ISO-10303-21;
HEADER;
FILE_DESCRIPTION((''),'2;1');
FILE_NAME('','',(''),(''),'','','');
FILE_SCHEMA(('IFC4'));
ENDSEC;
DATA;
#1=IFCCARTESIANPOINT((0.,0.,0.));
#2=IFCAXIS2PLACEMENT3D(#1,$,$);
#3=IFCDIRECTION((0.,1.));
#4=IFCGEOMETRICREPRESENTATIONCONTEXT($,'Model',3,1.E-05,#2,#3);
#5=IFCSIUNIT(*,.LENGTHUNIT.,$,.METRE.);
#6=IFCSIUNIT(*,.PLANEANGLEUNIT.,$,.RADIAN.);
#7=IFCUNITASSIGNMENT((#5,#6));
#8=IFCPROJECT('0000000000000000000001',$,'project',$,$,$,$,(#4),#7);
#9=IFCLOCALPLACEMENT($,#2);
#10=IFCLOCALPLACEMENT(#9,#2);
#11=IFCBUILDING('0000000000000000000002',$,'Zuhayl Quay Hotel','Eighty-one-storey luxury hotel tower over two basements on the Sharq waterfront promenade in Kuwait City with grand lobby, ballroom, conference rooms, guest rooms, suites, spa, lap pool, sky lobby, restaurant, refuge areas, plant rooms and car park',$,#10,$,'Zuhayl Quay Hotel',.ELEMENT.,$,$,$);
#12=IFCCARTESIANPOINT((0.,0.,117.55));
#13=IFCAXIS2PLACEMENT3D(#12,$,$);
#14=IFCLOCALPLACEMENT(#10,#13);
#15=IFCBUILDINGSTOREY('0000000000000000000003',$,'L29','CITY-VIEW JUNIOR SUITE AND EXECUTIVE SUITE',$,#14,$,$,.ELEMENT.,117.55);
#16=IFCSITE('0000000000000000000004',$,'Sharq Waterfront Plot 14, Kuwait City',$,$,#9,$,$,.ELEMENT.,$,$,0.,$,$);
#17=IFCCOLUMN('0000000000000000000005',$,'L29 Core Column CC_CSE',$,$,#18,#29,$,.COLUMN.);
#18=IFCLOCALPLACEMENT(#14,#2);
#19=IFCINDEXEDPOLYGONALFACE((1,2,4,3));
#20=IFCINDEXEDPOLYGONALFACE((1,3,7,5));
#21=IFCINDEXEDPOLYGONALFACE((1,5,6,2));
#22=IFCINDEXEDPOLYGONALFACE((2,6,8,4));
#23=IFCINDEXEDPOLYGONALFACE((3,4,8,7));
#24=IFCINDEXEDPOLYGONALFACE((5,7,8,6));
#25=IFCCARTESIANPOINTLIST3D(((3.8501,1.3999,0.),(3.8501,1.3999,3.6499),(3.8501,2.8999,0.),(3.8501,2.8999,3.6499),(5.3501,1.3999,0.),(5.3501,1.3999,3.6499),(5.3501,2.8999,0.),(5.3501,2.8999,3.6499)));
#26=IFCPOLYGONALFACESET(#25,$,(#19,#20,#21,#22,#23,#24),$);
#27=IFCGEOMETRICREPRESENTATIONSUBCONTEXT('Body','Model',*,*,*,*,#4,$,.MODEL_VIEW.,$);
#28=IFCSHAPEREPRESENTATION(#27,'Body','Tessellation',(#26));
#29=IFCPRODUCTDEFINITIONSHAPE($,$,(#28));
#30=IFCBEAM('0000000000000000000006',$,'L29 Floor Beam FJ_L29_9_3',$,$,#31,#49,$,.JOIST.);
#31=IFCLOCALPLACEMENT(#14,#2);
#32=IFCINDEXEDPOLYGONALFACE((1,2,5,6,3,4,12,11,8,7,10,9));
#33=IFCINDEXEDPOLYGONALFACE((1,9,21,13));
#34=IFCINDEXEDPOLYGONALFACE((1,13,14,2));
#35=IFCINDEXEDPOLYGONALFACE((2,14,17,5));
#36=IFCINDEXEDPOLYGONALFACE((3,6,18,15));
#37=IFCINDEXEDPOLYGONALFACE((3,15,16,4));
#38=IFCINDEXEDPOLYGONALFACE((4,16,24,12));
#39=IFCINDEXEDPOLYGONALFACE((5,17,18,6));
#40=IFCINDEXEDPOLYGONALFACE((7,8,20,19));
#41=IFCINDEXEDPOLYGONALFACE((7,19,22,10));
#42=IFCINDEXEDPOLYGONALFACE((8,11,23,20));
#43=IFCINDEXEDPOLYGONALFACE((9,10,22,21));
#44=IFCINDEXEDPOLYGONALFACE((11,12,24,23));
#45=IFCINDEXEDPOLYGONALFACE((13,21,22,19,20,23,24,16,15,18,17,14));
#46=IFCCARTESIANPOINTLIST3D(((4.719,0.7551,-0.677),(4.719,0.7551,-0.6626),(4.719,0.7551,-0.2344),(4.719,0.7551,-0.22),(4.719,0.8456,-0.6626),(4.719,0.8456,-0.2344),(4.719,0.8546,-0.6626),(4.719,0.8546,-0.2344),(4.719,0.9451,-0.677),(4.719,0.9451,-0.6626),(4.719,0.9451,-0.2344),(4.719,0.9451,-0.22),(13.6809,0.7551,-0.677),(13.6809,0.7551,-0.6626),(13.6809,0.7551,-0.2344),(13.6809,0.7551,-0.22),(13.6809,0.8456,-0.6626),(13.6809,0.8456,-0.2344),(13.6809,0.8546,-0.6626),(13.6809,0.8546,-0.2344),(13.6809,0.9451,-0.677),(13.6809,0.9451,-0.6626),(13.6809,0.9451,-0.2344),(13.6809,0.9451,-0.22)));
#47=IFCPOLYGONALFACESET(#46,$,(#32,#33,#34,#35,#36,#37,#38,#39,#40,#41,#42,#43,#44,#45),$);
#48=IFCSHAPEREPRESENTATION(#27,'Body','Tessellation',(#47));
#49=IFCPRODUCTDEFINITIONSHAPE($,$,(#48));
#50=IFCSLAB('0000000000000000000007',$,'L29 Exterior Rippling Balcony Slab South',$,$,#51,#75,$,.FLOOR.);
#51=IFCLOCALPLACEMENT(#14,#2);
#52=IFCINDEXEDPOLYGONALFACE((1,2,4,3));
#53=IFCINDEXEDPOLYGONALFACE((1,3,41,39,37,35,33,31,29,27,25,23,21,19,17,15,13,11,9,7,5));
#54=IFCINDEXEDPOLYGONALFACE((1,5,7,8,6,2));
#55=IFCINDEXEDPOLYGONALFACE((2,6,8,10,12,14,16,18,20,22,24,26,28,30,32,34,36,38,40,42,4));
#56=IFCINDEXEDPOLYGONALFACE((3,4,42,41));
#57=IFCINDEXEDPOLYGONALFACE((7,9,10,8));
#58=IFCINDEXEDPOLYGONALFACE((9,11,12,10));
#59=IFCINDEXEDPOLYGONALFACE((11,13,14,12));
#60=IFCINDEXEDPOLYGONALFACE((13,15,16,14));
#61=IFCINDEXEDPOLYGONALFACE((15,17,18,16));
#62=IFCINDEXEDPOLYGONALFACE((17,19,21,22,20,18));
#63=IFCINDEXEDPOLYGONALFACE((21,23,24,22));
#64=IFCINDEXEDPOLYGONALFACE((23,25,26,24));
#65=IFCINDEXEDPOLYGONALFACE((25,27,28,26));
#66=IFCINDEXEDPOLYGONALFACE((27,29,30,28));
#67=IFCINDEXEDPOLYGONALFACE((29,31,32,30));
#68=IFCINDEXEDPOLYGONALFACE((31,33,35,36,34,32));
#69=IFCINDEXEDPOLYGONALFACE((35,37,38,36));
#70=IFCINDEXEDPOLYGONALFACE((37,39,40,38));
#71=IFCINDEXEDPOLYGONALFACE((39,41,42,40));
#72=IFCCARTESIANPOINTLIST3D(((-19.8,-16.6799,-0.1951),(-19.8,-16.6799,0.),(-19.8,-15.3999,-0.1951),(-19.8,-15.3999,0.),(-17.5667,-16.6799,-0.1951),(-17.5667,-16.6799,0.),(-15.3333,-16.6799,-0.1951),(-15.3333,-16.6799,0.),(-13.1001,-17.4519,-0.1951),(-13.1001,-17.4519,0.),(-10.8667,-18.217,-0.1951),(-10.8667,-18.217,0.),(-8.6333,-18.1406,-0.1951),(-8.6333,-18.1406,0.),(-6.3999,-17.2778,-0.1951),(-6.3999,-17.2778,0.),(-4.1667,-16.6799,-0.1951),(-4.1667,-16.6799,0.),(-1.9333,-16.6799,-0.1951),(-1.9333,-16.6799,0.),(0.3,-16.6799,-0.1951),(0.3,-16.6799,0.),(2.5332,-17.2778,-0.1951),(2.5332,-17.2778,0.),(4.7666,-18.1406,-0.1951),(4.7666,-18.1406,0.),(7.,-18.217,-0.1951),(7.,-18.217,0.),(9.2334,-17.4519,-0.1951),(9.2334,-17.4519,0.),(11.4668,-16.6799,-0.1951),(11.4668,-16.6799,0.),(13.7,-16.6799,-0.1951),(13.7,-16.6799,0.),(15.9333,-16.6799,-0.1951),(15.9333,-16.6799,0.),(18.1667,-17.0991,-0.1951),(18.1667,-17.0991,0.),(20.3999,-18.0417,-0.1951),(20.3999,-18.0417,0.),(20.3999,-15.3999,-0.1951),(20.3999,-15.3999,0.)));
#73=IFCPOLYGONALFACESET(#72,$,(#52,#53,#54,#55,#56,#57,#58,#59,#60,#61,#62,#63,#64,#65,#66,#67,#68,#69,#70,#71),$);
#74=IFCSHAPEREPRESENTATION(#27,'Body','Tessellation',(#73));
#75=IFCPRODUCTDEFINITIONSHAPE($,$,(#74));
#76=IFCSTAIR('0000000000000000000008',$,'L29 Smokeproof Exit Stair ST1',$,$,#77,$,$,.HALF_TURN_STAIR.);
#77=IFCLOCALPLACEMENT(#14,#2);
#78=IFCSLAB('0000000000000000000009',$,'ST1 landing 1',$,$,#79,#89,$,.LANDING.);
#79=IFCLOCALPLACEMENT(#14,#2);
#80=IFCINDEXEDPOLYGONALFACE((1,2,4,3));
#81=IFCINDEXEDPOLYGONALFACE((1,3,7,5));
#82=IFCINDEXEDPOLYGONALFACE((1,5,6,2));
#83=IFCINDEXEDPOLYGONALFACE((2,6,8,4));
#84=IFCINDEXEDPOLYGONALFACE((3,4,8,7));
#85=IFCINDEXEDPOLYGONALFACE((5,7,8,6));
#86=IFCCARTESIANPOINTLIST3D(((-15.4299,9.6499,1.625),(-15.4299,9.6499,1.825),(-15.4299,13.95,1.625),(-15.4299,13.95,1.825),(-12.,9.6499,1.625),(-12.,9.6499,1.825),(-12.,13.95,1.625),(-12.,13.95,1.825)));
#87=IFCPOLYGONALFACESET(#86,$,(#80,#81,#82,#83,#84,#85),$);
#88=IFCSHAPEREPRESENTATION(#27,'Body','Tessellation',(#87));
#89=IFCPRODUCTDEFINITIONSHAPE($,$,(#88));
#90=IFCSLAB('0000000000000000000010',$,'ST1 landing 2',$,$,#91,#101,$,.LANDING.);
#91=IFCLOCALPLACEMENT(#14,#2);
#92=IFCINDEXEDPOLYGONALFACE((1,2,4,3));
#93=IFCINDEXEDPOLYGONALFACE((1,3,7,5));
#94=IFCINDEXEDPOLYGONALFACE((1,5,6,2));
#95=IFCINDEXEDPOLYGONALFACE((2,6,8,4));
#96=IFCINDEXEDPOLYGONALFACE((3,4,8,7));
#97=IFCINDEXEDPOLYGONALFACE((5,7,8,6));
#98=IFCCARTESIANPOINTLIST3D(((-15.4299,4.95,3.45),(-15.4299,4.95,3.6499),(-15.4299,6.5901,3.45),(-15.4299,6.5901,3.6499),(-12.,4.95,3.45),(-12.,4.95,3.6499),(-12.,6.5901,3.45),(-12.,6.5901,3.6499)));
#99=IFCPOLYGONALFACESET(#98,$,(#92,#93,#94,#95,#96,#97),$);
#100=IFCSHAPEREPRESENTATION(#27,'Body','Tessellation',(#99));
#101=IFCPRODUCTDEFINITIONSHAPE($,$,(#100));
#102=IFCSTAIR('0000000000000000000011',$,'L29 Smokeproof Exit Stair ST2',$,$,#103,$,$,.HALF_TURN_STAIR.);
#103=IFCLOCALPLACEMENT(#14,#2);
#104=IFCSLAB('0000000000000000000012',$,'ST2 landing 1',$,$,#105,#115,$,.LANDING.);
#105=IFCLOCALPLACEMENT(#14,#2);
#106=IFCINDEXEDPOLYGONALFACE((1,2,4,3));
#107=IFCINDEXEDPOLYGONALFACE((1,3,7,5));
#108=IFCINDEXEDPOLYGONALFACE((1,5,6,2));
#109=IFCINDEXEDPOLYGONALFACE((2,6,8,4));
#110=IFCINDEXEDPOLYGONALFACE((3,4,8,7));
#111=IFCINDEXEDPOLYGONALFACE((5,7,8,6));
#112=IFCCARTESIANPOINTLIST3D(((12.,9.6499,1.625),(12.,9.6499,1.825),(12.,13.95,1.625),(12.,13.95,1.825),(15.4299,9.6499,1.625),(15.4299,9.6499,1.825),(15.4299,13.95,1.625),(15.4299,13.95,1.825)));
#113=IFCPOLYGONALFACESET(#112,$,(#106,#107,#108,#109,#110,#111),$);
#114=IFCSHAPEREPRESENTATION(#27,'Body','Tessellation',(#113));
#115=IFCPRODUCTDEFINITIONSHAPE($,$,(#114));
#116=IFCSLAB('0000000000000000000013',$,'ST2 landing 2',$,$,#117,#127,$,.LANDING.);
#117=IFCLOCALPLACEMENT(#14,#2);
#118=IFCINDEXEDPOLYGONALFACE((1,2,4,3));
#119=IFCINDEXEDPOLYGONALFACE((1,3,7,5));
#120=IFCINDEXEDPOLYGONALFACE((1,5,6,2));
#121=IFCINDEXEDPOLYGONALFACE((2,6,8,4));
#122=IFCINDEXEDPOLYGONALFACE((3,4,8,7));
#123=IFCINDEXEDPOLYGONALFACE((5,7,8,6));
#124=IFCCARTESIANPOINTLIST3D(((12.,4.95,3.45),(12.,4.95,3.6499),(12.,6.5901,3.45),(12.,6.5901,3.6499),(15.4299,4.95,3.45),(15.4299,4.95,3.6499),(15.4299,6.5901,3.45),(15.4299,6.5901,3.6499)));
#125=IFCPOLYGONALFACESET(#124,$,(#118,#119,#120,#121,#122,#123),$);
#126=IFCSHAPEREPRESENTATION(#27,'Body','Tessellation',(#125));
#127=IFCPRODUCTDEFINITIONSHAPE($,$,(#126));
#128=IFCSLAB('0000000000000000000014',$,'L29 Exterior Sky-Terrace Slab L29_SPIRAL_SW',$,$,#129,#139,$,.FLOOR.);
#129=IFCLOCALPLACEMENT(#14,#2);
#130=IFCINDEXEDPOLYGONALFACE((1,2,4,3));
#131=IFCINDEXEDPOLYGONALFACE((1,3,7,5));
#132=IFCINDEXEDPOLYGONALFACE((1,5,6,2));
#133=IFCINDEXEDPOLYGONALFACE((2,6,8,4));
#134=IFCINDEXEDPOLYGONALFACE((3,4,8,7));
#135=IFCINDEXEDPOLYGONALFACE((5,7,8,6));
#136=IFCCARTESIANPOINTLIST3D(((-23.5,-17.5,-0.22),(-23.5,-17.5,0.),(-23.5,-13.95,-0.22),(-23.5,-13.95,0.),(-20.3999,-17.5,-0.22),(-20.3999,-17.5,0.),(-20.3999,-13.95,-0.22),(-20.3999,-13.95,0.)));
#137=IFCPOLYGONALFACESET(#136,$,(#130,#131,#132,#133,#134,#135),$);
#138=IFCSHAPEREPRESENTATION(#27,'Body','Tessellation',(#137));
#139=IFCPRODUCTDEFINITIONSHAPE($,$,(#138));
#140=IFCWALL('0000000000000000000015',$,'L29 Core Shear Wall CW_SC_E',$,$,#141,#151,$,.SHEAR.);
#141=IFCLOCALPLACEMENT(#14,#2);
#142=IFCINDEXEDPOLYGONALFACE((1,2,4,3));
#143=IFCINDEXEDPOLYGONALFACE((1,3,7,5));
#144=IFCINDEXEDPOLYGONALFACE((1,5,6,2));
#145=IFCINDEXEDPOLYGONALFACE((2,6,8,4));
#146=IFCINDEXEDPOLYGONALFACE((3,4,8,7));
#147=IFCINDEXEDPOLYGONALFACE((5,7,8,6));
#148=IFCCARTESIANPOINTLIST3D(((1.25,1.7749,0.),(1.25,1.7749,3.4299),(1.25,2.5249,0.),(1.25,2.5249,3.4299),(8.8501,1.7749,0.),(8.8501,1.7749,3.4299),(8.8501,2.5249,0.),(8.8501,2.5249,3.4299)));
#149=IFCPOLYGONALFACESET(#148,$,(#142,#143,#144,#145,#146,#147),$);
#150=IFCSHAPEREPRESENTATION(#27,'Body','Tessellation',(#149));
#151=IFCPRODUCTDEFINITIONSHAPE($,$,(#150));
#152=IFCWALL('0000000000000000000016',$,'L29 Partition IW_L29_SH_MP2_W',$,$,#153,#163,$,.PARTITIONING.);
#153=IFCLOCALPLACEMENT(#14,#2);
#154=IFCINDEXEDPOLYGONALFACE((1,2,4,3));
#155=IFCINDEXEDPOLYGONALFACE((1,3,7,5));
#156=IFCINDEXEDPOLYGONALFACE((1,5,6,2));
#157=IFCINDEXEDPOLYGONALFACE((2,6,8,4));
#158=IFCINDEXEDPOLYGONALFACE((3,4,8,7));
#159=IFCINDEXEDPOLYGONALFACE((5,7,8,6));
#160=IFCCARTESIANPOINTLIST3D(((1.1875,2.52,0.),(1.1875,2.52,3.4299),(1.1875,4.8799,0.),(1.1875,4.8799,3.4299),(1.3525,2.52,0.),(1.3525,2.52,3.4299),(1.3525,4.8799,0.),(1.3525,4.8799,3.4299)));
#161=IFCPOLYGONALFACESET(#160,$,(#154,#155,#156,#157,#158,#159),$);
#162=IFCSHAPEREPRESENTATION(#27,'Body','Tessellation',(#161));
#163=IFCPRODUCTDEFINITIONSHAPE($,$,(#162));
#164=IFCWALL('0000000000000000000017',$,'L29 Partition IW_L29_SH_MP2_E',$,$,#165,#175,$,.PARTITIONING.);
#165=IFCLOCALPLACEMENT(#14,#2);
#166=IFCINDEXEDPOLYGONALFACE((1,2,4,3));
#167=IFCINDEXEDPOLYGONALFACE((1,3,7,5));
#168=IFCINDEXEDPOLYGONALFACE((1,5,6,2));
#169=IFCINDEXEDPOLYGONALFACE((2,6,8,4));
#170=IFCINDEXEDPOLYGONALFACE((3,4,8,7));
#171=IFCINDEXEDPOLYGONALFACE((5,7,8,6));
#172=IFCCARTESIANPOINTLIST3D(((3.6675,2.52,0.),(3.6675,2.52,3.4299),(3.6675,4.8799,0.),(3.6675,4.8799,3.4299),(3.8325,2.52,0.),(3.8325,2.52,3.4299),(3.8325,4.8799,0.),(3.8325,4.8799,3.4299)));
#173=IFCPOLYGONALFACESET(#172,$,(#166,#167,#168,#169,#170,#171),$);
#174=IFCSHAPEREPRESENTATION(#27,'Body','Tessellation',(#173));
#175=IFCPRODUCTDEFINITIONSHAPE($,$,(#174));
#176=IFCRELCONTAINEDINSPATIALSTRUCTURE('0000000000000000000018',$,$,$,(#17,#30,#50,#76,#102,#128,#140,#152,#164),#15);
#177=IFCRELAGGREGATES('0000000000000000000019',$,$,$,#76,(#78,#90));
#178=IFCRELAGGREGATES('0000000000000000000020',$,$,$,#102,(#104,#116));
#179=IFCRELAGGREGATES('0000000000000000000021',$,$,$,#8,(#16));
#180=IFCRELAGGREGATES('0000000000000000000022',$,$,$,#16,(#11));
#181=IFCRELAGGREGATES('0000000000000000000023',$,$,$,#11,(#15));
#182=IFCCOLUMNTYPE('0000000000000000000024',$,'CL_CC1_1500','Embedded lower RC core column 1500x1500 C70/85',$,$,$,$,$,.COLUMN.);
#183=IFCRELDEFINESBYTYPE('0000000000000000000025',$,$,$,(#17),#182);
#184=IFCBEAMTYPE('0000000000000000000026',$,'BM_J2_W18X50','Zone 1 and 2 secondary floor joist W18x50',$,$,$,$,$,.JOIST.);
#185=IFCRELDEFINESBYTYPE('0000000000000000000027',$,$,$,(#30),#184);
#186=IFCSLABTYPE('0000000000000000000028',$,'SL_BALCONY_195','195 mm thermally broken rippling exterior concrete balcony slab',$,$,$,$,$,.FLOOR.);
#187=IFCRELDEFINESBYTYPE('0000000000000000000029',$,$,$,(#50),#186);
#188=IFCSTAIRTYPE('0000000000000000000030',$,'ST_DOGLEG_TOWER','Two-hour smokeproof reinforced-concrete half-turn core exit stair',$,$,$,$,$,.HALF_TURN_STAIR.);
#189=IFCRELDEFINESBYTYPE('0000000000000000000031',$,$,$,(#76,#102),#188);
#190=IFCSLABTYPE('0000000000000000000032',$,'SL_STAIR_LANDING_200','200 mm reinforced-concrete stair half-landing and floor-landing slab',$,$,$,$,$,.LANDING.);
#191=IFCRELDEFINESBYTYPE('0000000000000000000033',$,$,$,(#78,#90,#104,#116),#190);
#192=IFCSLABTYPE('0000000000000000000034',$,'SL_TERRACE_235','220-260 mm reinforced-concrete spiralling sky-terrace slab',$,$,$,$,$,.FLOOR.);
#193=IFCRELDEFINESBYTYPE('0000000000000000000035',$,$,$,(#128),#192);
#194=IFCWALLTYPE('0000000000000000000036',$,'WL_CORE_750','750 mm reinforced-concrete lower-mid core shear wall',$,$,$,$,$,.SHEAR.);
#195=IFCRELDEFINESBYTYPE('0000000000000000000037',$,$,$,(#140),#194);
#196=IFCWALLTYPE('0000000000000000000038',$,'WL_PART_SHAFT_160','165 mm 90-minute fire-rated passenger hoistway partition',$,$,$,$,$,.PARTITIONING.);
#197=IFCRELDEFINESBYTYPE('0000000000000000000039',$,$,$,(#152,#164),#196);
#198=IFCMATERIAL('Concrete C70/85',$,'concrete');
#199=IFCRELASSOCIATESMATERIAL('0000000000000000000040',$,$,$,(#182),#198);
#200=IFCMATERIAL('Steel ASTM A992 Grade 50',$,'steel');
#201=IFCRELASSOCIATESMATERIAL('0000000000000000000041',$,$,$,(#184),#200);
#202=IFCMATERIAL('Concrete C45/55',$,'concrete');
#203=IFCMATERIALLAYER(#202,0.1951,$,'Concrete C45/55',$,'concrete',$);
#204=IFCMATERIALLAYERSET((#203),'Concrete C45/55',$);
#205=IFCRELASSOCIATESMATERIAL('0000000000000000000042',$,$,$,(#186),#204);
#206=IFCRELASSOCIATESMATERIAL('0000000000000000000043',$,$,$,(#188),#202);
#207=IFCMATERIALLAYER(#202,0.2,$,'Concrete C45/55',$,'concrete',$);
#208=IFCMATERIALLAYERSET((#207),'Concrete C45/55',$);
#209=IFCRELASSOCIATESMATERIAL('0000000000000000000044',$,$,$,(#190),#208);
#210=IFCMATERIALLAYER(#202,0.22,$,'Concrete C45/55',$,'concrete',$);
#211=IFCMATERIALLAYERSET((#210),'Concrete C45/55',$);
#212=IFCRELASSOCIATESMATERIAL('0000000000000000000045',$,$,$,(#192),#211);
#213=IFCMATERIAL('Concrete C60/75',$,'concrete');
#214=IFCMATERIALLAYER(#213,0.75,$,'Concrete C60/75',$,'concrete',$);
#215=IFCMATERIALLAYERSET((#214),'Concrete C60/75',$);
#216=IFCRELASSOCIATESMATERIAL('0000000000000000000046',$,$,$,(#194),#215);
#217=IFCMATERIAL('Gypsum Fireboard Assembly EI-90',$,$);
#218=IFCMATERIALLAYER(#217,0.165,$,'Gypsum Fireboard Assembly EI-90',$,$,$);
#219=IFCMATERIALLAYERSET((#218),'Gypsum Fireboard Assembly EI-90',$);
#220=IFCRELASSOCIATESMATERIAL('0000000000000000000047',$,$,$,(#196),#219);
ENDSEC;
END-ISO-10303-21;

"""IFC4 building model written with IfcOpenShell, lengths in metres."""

from ifc_helpers import new_model, si_unit, direction, frame, frame_2d, origin, origin_2d, place, context, subcontext, project, spatial, polyline, rectangle, i_section, outline, extrude, material, layer, layer_set, material_profile, profile_set, type_object, element, aggregate, save


model = new_model("IFC4")

# Units and contexts
model_context = context("Model", 3, precision=1e-05, world=origin(), true_north=direction((0.0, 1.0)))
body_context = subcontext(model_context, "Body", "Model", "MODEL_VIEW")
ifc_project = project(units=[si_unit("LENGTHUNIT", "METRE"), si_unit("PLANEANGLEUNIT", "RADIAN")], contexts=[model_context])

# Site, building, storey
site_placement = place(None, origin())
site = spatial("IfcSite", under=ifc_project, at=site_placement, Name="Sharq Waterfront Plot 14, Kuwait City", CompositionType="ELEMENT", RefElevation=0.0)
building_placement = place(site_placement, origin())
building = spatial("IfcBuilding", under=site, at=building_placement, Name="Zuhayl Quay Hotel", Description="Eighty-one-storey luxury hotel tower over two basements on the Sharq waterfront promenade in Kuwait City with grand lobby, ballroom, conference rooms, guest rooms, suites, spa, lap pool, sky lobby, restaurant, refuge areas, plant rooms and car park", LongName="Zuhayl Quay Hotel", CompositionType="ELEMENT")
storey_placement = place(building_placement, frame((0.0, 0.0, 117.55)))
storey = spatial("IfcBuildingStorey", under=building, at=storey_placement, Name="L29", Description="CITY-VIEW JUNIOR SUITE AND EXECUTIVE SUITE", CompositionType="ELEMENT", Elevation=117.55)

# Column
ifc_material_1 = material(Name="Concrete C70/85", Category="concrete")
ifc_material_profile_1 = material_profile(ifc_material_1, rectangle(XDim=1.5, YDim=1.5, at=origin_2d()), Name="RC1500X1500")
ifc_profile_set_1 = profile_set([ifc_material_profile_1], Name="Concrete C70/85")
column_type = type_object("IfcColumnType", Name="CL_CC1_1500", Description="Embedded lower RC core column 1500x1500 C70/85", PredefinedType="COLUMN", material=ifc_profile_set_1)
column_placement = place(storey_placement, frame((4.6001, 2.1499, 0.0), z_axis=(0.0, 0.0, 1.0), x_axis=(1.0, 0.0, 0.0)))
element("IfcColumn", 1, at=column_placement, inside=storey, type_object=column_type, Name="L29 Core Column CC_CSE", PredefinedType="COLUMN", context=body_context, shape_type="SweptSolid", body=[
    extrude(rectangle(XDim=1.5, YDim=1.5, at=origin_2d()), origin(), (0.0, 0.0, 1.0), 3.6499),
])

# Beam
ifc_material_2 = material(Name="Steel ASTM A992 Grade 50", Category="steel")
ifc_material_profile_2 = material_profile(ifc_material_2, i_section(OverallWidth=0.1899, OverallDepth=0.457, WebThickness=0.009, FlangeThickness=0.0144, at=origin_2d()), Name="W18X50")
ifc_profile_set_2 = profile_set([ifc_material_profile_2], Name="Steel ASTM A992 Grade 50")
beam_type = type_object("IfcBeamType", Name="BM_J2_W18X50", Description="Zone 1 and 2 secondary floor joist W18x50", PredefinedType="JOIST", material=ifc_profile_set_2)
beam_placement = place(storey_placement, frame((4.719, 0.8501, -0.4485), z_axis=(1.0, 0.0, 0.0), x_axis=(0.0, 1.0, 0.0)))
element("IfcBeam", 2, at=beam_placement, inside=storey, type_object=beam_type, Name="L29 Floor Beam FJ_L29_9_3", PredefinedType="JOIST", context=body_context, shape_type="SweptSolid", body=[
    extrude(i_section(OverallWidth=0.1899, OverallDepth=0.457, WebThickness=0.009, FlangeThickness=0.0144, at=origin_2d()), origin(), (0.0, 0.0, 1.0), 8.9619),
])

# Slab
ifc_material_3 = material(Name="Concrete C45/55", Category="concrete")
ifc_layer_1 = layer(ifc_material_3, 0.1951, Name="Concrete C45/55", Category="concrete")
ifc_layer_set_1 = layer_set([ifc_layer_1], Name="Concrete C45/55")
slab_type_1 = type_object("IfcSlabType", Name="SL_BALCONY_195", Description="195 mm thermally broken rippling exterior concrete balcony slab", PredefinedType="FLOOR", material=ifc_layer_set_1)
slab_1_placement = place(storey_placement, frame((0.0, 0.0, -0.1951)))
element("IfcSlab", 3, at=slab_1_placement, inside=storey, type_object=slab_type_1, Name="L29 Exterior Rippling Balcony Slab South", PredefinedType="FLOOR", context=body_context, shape_type="SweptSolid", body=[
    extrude(outline(polyline([(-19.8, -16.6799), (-17.5667, -16.6799), (-15.3333, -16.6799), (-13.1001, -17.4519), (-10.8667, -18.217), (-8.6333, -18.1406), (-6.3999, -17.2778), (-4.1667, -16.6799), (-1.9333, -16.6799), (0.3, -16.6799), (2.5332, -17.2778), (4.7666, -18.1406), (7.0, -18.217), (9.2334, -17.4519), (11.4668, -16.6799), (13.7, -16.6799), (15.9333, -16.6799), (18.1667, -17.0991), (20.3999, -18.0417), (20.3999, -15.3999), (-19.8, -15.3999), (-19.8, -16.6799)])), origin(), (0.0, 0.0, 1.0), 0.1951),
])

# Stairs, slabs
stair_type = type_object("IfcStairType", Name="ST_DOGLEG_TOWER", Description="Two-hour smokeproof reinforced-concrete half-turn core exit stair", PredefinedType="HALF_TURN_STAIR", material=ifc_material_3)
stair_1_placement = place(storey_placement, origin())
stair_1 = element("IfcStair", 4, at=stair_1_placement, inside=storey, type_object=stair_type, Name="L29 Smokeproof Exit Stair ST1", PredefinedType="HALF_TURN_STAIR")
ifc_layer_2 = layer(ifc_material_3, 0.2, Name="Concrete C45/55", Category="concrete")
ifc_layer_set_2 = layer_set([ifc_layer_2], Name="Concrete C45/55")
slab_type_2 = type_object("IfcSlabType", Name="SL_STAIR_LANDING_200", Description="200 mm reinforced-concrete stair half-landing and floor-landing slab", PredefinedType="LANDING", material=ifc_layer_set_2)
slab_2_placement = place(storey_placement, frame((0.0, 0.0, 1.625)))
slab_2 = element("IfcSlab", 5, at=slab_2_placement, type_object=slab_type_2, Name="ST1 landing 1", PredefinedType="LANDING", context=body_context, shape_type="SweptSolid", body=[
    extrude(outline(polyline([(-12.0, 9.6499), (-12.0, 13.95), (-15.4299, 13.95), (-15.4299, 9.6499), (-12.0, 9.6499)])), origin(), (0.0, 0.0, 1.0), 0.2),
])
slab_3_placement = place(storey_placement, frame((0.0, 0.0, 3.45)))
slab_3 = element("IfcSlab", 6, at=slab_3_placement, type_object=slab_type_2, Name="ST1 landing 2", PredefinedType="LANDING", context=body_context, shape_type="SweptSolid", body=[
    extrude(outline(polyline([(-12.0, 4.95), (-12.0, 6.5901), (-15.4299, 6.5901), (-15.4299, 4.95), (-12.0, 4.95)])), origin(), (0.0, 0.0, 1.0), 0.2),
])
aggregate(stair_1, [slab_2, slab_3])
stair_2_placement = place(storey_placement, origin())
stair_2 = element("IfcStair", 7, at=stair_2_placement, inside=storey, type_object=stair_type, Name="L29 Smokeproof Exit Stair ST2", PredefinedType="HALF_TURN_STAIR")
slab_4_placement = place(storey_placement, frame((0.0, 0.0, 1.625)))
slab_4 = element("IfcSlab", 8, at=slab_4_placement, type_object=slab_type_2, Name="ST2 landing 1", PredefinedType="LANDING", context=body_context, shape_type="SweptSolid", body=[
    extrude(outline(polyline([(15.4299, 9.6499), (15.4299, 13.95), (12.0, 13.95), (12.0, 9.6499), (15.4299, 9.6499)])), origin(), (0.0, 0.0, 1.0), 0.2),
])
slab_5_placement = place(storey_placement, frame((0.0, 0.0, 3.45)))
slab_5 = element("IfcSlab", 9, at=slab_5_placement, type_object=slab_type_2, Name="ST2 landing 2", PredefinedType="LANDING", context=body_context, shape_type="SweptSolid", body=[
    extrude(outline(polyline([(15.4299, 4.95), (15.4299, 6.5901), (12.0, 6.5901), (12.0, 4.95), (15.4299, 4.95)])), origin(), (0.0, 0.0, 1.0), 0.2),
])
aggregate(stair_2, [slab_4, slab_5])

# Slab
ifc_layer_3 = layer(ifc_material_3, 0.22, Name="Concrete C45/55", Category="concrete")
ifc_layer_set_3 = layer_set([ifc_layer_3], Name="Concrete C45/55")
slab_type_3 = type_object("IfcSlabType", Name="SL_TERRACE_235", Description="220-260 mm reinforced-concrete spiralling sky-terrace slab", PredefinedType="FLOOR", material=ifc_layer_set_3)
slab_6_placement = place(storey_placement, frame((0.0, 0.0, -0.22)))
element("IfcSlab", 10, at=slab_6_placement, inside=storey, type_object=slab_type_3, Name="L29 Exterior Sky-Terrace Slab L29_SPIRAL_SW", PredefinedType="FLOOR", context=body_context, shape_type="SweptSolid", body=[
    extrude(outline(polyline([(-23.5, -17.5), (-20.3999, -17.5), (-20.3999, -13.95), (-23.5, -13.95), (-23.5, -17.5)])), origin(), (0.0, 0.0, 1.0), 0.22),
])

# Walls
ifc_material_4 = material(Name="Concrete C60/75", Category="concrete")
ifc_layer_4 = layer(ifc_material_4, 0.75, Name="Concrete C60/75", Category="concrete")
ifc_layer_set_4 = layer_set([ifc_layer_4], Name="Concrete C60/75")
wall_type_1 = type_object("IfcWallType", Name="WL_CORE_750", Description="750 mm reinforced-concrete lower-mid core shear wall", PredefinedType="SHEAR", material=ifc_layer_set_4)
wall_placement = place(storey_placement, frame((1.25, 2.1499, 0.0), z_axis=(0.0, 0.0, 1.0), x_axis=(1.0, 0.0, 0.0)))
element("IfcWall", 11, at=wall_placement, inside=storey, type_object=wall_type_1, Name="L29 Core Shear Wall CW_SC_E", PredefinedType="SHEAR", context=body_context, shape_type="SweptSolid", body=[
    extrude(rectangle(XDim=7.6001, YDim=0.75, at=frame_2d((3.8, 0.0))), origin(), (0.0, 0.0, 1.0), 3.4299),
])
ifc_material_5 = material(Name="Gypsum Fireboard Assembly EI-90")
ifc_layer_5 = layer(ifc_material_5, 0.165, Name="Gypsum Fireboard Assembly EI-90")
ifc_layer_set_5 = layer_set([ifc_layer_5], Name="Gypsum Fireboard Assembly EI-90")
wall_type_2 = type_object("IfcWallType", Name="WL_PART_SHAFT_160", Description="165 mm 90-minute fire-rated passenger hoistway partition", PredefinedType="PARTITIONING", material=ifc_layer_set_5)
for number, where, z_axis, x_axis, name in (
    (12, (1.27, 2.52, 0.0), (0.0, 0.0, 1.0), (0.0, 1.0, 0.0), "L29 Partition IW_L29_SH_MP2_W"),
    (13, (3.75, 2.52, 0.0), (0.0, 0.0, 1.0), (0.0, 1.0, 0.0), "L29 Partition IW_L29_SH_MP2_E"),
):
    element("IfcWall", number, at=place(storey_placement, frame(where, z_axis=z_axis, x_axis=x_axis)), inside=storey, type_object=wall_type_2, Name=name, PredefinedType="PARTITIONING", context=body_context, shape_type="SweptSolid", body=[
        extrude(rectangle(XDim=2.3599, YDim=0.165, at=frame_2d((1.1799, 0.0))), origin(), (0.0, 0.0, 1.0), 3.4299),
    ])

save(model, "model.ifc")
